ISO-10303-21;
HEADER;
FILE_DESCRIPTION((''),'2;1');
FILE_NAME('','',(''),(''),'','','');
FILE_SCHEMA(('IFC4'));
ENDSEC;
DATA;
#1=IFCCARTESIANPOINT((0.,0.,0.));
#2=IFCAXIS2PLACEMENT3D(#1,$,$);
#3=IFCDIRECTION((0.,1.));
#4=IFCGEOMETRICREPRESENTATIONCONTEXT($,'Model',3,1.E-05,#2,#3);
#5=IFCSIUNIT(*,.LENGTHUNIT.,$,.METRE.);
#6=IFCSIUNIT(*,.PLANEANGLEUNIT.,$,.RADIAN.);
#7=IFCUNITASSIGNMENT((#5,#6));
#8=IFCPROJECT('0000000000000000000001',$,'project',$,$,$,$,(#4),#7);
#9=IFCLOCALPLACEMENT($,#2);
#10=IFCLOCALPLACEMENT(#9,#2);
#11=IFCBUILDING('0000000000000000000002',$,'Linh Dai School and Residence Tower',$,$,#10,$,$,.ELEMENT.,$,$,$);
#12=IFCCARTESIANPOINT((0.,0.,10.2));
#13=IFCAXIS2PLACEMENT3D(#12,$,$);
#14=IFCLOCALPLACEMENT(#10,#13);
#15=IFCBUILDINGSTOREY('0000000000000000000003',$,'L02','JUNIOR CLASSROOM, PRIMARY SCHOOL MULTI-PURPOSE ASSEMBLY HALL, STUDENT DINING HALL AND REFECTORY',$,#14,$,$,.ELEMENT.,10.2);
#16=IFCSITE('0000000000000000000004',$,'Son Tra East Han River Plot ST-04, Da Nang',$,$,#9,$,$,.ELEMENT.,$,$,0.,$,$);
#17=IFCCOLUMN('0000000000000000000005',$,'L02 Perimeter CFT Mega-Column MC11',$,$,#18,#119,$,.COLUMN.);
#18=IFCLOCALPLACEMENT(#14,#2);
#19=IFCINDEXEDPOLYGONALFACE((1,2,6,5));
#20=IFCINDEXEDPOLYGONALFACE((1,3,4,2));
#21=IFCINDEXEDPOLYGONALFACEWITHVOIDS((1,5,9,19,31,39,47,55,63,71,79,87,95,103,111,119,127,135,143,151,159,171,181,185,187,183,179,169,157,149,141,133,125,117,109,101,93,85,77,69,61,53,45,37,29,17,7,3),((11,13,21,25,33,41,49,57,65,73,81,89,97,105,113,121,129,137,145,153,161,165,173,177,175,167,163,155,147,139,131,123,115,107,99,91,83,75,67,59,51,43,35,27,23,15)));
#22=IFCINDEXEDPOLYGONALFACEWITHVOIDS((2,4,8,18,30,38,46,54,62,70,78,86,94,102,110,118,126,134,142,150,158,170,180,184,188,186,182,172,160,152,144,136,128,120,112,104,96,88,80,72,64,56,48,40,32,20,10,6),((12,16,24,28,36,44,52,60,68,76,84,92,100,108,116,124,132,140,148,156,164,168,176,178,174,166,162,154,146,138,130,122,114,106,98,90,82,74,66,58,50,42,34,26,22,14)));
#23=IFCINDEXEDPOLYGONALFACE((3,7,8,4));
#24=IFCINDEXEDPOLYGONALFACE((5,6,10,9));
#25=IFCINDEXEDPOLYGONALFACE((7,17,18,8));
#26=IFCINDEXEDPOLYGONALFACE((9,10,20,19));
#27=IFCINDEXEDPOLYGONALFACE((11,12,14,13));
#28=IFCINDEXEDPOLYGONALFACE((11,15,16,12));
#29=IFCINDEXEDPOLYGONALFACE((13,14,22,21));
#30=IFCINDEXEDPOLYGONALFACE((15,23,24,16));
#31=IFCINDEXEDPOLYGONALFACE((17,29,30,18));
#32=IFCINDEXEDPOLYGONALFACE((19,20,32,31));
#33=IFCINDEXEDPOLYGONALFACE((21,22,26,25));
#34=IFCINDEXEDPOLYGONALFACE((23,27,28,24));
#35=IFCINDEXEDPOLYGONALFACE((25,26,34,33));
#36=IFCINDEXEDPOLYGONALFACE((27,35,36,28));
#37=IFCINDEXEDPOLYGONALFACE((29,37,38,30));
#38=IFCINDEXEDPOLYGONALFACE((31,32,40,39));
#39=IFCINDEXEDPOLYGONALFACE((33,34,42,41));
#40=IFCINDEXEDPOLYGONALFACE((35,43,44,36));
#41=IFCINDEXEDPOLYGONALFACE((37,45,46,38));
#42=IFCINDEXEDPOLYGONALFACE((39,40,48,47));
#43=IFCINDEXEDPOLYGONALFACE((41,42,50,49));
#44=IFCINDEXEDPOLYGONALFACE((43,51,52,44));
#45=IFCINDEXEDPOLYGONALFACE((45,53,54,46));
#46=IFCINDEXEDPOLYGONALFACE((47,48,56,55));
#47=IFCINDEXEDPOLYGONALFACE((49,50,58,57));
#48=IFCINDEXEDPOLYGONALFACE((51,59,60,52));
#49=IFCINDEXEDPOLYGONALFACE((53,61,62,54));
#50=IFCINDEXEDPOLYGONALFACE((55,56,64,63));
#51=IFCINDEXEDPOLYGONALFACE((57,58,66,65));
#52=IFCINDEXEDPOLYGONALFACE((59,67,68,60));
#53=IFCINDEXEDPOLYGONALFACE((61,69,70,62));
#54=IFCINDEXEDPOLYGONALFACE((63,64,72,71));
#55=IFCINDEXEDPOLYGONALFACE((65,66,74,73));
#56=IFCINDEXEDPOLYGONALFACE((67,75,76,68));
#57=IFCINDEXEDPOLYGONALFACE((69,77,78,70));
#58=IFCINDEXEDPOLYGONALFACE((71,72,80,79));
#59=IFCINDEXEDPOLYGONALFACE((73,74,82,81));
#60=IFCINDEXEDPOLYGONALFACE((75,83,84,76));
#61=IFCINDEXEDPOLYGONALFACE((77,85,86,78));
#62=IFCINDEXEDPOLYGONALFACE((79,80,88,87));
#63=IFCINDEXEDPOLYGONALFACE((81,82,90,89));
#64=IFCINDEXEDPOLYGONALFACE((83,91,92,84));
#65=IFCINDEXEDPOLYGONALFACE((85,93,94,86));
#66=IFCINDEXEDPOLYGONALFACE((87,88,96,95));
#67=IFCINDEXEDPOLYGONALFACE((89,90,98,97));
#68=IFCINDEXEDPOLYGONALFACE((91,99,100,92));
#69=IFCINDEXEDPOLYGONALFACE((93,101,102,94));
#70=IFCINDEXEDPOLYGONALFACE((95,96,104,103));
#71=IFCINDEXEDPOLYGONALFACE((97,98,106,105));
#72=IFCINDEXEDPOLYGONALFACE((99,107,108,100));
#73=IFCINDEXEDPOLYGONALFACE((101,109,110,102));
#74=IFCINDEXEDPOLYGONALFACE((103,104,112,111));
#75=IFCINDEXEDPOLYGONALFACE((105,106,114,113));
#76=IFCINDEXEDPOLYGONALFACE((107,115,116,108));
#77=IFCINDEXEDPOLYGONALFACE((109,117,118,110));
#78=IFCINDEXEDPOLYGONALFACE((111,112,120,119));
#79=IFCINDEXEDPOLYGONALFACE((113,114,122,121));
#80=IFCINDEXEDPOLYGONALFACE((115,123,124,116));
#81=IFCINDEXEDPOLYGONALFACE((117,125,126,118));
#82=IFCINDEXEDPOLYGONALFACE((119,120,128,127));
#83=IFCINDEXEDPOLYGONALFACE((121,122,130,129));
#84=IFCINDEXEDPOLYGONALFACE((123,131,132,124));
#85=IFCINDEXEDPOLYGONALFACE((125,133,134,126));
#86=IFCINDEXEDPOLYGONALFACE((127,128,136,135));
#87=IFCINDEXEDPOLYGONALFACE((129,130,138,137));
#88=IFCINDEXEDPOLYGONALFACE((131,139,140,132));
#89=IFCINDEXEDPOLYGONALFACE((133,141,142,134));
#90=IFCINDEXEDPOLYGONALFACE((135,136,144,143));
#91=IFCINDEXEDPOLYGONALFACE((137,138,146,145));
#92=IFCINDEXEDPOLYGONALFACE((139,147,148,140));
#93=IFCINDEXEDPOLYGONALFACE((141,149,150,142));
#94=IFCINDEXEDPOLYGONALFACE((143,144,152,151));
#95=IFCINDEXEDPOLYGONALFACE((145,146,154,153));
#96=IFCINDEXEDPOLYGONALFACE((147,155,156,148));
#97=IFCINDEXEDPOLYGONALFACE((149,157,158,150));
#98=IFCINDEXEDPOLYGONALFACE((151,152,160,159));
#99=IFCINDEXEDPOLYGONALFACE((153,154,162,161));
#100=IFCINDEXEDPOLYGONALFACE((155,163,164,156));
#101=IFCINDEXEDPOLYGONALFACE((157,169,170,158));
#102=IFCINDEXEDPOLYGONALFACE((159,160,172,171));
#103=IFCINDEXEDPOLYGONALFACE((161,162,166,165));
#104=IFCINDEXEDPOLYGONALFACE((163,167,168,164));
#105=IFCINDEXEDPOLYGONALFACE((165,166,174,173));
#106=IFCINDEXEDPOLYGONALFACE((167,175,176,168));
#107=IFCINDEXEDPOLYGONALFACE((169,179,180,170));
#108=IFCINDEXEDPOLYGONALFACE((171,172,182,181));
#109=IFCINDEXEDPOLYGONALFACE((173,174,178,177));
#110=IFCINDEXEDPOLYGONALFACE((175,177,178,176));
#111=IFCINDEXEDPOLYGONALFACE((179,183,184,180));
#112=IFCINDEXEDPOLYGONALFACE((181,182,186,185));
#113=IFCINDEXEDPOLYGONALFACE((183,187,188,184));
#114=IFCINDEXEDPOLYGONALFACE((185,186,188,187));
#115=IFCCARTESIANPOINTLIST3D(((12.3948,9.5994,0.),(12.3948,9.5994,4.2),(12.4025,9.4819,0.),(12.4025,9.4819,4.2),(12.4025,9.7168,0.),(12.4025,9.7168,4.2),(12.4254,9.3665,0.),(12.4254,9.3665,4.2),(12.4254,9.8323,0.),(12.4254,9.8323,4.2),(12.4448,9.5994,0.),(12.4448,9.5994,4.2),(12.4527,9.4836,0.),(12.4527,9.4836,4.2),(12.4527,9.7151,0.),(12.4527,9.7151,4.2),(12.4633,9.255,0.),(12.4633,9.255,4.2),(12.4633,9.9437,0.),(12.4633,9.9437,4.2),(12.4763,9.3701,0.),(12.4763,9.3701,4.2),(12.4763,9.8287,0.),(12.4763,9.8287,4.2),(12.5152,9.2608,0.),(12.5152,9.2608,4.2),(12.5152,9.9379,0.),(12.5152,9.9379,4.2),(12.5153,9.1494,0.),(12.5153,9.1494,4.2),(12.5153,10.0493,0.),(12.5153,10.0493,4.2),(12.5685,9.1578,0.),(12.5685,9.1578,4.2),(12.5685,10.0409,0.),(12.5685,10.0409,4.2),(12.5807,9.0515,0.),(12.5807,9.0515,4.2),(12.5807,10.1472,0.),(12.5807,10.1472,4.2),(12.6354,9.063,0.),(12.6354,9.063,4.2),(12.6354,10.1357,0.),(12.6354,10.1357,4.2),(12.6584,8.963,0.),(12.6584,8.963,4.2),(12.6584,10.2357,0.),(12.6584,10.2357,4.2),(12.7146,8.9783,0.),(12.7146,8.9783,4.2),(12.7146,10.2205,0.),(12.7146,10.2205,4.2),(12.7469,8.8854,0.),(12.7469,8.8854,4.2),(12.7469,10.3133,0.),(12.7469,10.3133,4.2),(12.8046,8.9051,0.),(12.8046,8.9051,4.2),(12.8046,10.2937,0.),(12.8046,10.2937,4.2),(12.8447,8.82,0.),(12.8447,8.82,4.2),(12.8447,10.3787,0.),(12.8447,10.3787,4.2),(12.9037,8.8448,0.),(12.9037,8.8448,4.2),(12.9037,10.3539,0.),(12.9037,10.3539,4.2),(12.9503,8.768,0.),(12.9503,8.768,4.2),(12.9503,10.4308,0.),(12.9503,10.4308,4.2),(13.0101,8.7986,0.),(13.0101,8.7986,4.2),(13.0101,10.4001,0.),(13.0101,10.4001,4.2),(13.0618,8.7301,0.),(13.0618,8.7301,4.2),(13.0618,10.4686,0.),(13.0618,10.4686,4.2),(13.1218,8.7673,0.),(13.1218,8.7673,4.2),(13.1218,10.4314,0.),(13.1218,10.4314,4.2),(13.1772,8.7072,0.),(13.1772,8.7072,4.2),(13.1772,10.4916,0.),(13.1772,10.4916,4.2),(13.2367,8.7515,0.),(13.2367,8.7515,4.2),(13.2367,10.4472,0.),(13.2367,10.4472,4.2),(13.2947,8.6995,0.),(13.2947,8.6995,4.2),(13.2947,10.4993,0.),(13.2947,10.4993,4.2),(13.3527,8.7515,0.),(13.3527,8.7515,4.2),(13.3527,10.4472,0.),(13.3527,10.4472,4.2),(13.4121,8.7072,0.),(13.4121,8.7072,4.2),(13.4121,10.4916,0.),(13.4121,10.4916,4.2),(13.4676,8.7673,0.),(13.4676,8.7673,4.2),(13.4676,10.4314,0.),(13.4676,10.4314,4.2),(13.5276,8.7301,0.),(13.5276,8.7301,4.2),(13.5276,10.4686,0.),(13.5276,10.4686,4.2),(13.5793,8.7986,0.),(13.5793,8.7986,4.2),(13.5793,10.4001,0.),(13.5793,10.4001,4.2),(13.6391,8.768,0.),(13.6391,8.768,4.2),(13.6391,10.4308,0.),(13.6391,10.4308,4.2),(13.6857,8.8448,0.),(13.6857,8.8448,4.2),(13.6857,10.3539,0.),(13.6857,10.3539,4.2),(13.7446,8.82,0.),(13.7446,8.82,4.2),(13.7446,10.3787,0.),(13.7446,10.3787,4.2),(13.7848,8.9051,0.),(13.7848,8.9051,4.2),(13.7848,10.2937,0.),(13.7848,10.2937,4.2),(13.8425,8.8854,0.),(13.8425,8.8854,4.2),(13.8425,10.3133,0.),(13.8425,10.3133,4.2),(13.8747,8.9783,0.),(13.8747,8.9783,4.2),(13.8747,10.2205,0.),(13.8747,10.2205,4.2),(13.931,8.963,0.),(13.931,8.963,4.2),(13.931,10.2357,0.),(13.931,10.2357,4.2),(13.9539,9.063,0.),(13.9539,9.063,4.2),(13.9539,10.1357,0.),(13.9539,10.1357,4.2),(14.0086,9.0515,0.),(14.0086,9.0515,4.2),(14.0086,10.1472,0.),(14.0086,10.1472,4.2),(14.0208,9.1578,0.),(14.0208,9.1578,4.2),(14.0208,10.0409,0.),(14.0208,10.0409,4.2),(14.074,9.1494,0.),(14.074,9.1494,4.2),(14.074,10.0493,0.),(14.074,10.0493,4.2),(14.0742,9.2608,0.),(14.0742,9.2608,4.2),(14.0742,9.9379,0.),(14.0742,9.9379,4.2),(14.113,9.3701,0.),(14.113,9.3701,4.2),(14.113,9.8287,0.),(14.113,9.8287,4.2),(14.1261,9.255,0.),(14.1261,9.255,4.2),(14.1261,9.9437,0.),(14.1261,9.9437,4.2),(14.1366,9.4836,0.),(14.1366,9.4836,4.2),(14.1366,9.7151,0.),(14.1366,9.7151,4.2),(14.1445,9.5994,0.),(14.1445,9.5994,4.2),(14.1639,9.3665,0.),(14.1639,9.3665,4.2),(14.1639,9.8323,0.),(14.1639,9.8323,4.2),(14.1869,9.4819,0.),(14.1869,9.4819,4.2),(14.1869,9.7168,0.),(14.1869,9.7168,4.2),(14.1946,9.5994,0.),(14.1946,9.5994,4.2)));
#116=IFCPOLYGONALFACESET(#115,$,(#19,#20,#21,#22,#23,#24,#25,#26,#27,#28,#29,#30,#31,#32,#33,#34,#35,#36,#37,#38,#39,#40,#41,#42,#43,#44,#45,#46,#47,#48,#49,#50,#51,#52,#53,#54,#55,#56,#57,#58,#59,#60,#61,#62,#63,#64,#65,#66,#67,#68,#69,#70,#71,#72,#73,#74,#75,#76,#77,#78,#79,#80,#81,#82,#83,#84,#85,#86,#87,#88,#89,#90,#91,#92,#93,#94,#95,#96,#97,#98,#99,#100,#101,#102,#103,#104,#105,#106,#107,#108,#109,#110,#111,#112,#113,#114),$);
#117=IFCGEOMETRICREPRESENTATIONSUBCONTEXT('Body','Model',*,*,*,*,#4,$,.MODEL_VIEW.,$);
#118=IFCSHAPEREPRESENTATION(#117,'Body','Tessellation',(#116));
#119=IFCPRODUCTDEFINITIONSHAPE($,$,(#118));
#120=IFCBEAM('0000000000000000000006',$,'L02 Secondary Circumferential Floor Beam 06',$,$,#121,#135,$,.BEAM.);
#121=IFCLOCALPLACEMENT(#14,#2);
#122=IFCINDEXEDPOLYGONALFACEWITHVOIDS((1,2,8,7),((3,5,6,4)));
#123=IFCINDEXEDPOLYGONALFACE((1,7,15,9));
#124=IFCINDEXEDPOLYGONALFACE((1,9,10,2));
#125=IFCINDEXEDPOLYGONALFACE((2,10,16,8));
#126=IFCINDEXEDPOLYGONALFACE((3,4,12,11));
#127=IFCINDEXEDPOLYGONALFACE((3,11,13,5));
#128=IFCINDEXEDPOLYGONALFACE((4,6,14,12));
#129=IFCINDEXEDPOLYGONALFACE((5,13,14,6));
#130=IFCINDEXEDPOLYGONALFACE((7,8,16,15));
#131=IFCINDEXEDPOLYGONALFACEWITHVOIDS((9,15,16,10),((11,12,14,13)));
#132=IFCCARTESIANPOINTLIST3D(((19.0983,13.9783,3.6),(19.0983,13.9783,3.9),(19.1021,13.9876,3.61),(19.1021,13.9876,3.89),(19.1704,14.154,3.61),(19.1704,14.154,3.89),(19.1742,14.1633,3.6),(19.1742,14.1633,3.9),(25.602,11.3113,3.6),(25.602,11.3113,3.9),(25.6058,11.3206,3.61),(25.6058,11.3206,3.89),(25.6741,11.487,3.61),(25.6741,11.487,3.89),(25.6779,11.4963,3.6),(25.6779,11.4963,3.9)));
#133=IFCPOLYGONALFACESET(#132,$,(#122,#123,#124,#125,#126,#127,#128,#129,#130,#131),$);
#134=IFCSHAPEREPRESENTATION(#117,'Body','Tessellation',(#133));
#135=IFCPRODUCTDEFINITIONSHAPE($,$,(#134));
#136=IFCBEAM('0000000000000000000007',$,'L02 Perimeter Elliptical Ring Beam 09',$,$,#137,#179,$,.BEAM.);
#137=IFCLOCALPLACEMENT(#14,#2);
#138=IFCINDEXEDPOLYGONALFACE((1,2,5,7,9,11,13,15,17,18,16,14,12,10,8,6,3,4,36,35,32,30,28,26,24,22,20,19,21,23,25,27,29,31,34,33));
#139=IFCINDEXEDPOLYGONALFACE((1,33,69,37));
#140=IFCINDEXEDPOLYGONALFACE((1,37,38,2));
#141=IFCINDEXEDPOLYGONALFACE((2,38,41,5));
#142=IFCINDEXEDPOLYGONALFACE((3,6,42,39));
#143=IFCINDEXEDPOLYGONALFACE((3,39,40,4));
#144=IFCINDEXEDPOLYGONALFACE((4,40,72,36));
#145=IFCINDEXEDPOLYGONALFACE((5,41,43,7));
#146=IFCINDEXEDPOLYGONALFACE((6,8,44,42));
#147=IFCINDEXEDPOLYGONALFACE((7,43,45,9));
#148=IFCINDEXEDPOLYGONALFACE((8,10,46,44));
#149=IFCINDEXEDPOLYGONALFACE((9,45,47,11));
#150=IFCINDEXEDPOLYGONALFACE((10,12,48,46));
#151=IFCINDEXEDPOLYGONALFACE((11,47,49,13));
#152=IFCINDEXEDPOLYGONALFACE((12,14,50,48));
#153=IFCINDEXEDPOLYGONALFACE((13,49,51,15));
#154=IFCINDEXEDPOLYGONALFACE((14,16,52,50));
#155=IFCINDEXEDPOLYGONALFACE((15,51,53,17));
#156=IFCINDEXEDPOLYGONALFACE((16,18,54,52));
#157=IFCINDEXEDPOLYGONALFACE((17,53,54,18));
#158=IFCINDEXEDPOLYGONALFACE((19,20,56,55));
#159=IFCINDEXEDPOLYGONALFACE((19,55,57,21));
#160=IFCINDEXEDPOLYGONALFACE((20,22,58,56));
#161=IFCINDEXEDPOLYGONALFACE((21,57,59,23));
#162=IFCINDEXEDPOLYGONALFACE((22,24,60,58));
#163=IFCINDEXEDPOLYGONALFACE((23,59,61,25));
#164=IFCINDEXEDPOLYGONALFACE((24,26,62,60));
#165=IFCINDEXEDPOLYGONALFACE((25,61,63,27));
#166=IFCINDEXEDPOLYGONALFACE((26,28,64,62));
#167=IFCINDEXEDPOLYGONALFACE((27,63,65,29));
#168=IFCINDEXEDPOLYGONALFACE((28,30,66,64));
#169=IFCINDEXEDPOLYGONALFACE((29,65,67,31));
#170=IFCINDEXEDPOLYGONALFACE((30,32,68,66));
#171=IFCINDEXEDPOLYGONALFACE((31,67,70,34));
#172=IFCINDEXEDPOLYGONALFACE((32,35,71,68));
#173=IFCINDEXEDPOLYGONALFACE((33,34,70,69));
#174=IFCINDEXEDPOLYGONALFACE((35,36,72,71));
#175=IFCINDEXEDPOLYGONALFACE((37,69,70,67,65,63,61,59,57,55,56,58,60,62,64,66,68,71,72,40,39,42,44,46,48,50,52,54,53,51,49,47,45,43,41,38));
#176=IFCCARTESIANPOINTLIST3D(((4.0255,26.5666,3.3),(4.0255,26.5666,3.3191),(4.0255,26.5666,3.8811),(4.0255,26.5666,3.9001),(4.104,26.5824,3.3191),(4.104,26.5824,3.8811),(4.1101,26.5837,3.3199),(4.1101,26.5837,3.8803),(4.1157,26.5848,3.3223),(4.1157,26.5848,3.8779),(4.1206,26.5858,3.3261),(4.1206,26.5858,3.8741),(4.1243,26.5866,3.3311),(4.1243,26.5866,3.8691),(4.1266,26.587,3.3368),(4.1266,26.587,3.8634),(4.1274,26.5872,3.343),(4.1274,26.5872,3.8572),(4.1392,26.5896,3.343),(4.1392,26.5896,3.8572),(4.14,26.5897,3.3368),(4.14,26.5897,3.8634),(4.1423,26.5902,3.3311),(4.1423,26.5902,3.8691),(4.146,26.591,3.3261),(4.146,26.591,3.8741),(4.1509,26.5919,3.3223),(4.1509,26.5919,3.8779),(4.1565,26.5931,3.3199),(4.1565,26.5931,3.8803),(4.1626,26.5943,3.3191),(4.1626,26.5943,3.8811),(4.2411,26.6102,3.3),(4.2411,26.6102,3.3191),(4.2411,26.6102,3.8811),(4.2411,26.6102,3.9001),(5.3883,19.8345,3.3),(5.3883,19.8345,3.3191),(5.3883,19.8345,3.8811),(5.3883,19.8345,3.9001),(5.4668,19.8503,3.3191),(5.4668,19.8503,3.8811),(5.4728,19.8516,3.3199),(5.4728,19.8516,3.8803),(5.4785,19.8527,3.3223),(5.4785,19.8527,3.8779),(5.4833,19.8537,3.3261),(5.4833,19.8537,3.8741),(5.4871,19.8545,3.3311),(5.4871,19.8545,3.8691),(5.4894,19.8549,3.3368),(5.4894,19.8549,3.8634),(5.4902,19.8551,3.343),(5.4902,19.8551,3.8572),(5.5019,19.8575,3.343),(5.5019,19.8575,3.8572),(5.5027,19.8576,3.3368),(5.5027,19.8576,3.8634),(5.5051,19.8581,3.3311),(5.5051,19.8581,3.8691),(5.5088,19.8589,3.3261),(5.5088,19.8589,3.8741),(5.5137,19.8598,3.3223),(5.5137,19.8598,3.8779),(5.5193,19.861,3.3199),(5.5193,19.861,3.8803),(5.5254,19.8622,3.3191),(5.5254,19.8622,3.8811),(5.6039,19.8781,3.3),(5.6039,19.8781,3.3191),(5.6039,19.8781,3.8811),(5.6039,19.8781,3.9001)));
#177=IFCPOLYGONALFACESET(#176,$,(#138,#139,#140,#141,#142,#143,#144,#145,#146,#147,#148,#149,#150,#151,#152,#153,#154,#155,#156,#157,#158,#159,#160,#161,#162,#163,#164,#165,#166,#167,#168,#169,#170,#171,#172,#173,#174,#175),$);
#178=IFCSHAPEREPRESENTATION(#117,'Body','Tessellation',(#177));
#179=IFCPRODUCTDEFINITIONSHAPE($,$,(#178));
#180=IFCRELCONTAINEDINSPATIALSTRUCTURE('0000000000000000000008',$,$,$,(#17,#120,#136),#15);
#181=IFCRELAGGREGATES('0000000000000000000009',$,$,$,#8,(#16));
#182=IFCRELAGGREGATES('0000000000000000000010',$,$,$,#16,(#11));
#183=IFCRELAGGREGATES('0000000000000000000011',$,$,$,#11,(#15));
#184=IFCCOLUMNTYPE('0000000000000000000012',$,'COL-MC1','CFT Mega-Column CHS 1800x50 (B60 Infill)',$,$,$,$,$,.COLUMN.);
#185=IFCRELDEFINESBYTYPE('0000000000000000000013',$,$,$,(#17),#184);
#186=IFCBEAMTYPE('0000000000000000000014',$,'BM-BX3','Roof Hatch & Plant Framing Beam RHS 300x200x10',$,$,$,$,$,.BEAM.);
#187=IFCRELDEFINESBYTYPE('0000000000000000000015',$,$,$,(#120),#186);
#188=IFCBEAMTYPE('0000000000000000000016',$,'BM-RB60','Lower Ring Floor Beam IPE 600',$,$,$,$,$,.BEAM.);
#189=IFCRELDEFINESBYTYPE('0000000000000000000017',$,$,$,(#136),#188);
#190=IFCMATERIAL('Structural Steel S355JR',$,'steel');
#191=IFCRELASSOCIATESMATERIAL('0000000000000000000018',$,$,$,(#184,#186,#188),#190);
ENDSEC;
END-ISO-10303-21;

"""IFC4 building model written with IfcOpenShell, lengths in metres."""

from ifc_helpers import new_model, si_unit, direction, frame, origin, origin_2d, place, context, subcontext, project, spatial, hollow_rectangle, hollow_circle, i_section, extrude, material, material_profile, profile_set, type_object, element, save


model = new_model("IFC4")

# Units and contexts
model_context = context("Model", 3, precision=1e-05, world=origin(), true_north=direction((0.0, 1.0)))
body_context = subcontext(model_context, "Body", "Model", "MODEL_VIEW")
ifc_project = project(units=[si_unit("LENGTHUNIT", "METRE"), si_unit("PLANEANGLEUNIT", "RADIAN")], contexts=[model_context])

# Site, building, storey
site_placement = place(None, origin())
site = spatial("IfcSite", under=ifc_project, at=site_placement, Name="Son Tra East Han River Plot ST-04, Da Nang", CompositionType="ELEMENT", RefElevation=0.0)
building_placement = place(site_placement, origin())
building = spatial("IfcBuilding", under=site, at=building_placement, Name="Linh Dai School and Residence Tower", CompositionType="ELEMENT")
storey_placement = place(building_placement, frame((0.0, 0.0, 10.2)))
storey = spatial("IfcBuildingStorey", under=building, at=storey_placement, Name="L02", Description="JUNIOR CLASSROOM, PRIMARY SCHOOL MULTI-PURPOSE ASSEMBLY HALL, STUDENT DINING HALL AND REFECTORY", CompositionType="ELEMENT", Elevation=10.2)

# Column
ifc_material_1 = material(Name="Structural Steel S355JR", Category="steel")
ifc_material_profile_1 = material_profile(ifc_material_1, hollow_circle(Radius=0.8999, WallThickness=0.05, at=origin_2d()), Name="CHS 1800x50")
ifc_profile_set_1 = profile_set([ifc_material_profile_1], Name="Structural Steel S355JR")
column_type = type_object("IfcColumnType", Name="COL-MC1", Description="CFT Mega-Column CHS 1800x50 (B60 Infill)", PredefinedType="COLUMN", material=ifc_profile_set_1)
for number, where, z_axis, x_axis, name in (
    (1, (13.2947, 9.5994, 0.0), (0.0, 0.0, 1.0), (1.0, 0.0, 0.0), "L02 Perimeter CFT Mega-Column MC11"),
):
    element("IfcColumn", number, at=place(storey_placement, frame(where, z_axis=z_axis, x_axis=x_axis)), inside=storey, type_object=column_type, Name=name, PredefinedType="COLUMN", context=body_context, shape_type="SweptSolid", body=[
        extrude(hollow_circle(Radius=0.8999, WallThickness=0.05, at=origin_2d()), origin(), (0.0, 0.0, 1.0), 4.2),
    ])

# Beams
ifc_material_profile_2 = material_profile(ifc_material_1, hollow_rectangle(XDim=0.2, YDim=0.3, WallThickness=0.01, at=origin_2d()), Name="RHS 300x200x10")
ifc_profile_set_2 = profile_set([ifc_material_profile_2], Name="Structural Steel S355JR")
beam_type_1 = type_object("IfcBeamType", Name="BM-BX3", Description="Roof Hatch & Plant Framing Beam RHS 300x200x10", PredefinedType="BEAM", material=ifc_profile_set_2)
beam_1_placement = place(storey_placement, frame((19.1362, 14.0708, 3.75), z_axis=(0.925227, -0.379413, 0.0), x_axis=(0.379413, 0.925227, 0.0)))
element("IfcBeam", 2, at=beam_1_placement, inside=storey, type_object=beam_type_1, Name="L02 Secondary Circumferential Floor Beam 06", PredefinedType="BEAM", context=body_context, shape_type="SweptSolid", body=[
    extrude(hollow_rectangle(XDim=0.2, YDim=0.3, WallThickness=0.01, at=origin_2d()), origin(), (0.0, 0.0, 1.0), 7.0293),
])
ifc_material_profile_3 = material_profile(ifc_material_1, i_section(OverallWidth=0.22, OverallDepth=0.6001, WebThickness=0.012, FlangeThickness=0.019, FilletRadius=0.0239, at=origin_2d()), Name="IPE 600")
ifc_profile_set_3 = profile_set([ifc_material_profile_3], Name="Structural Steel S355JR")
beam_type_2 = type_object("IfcBeamType", Name="BM-RB60", Description="Lower Ring Floor Beam IPE 600", PredefinedType="BEAM", material=ifc_profile_set_3)
beam_2_placement = place(storey_placement, frame((4.1333, 26.5884, 3.6001), z_axis=(0.198405, -0.98012, 0.0), x_axis=(0.98012, 0.198405, 0.0)))
element("IfcBeam", 3, at=beam_2_placement, inside=storey, type_object=beam_type_2, Name="L02 Perimeter Elliptical Ring Beam 09", PredefinedType="BEAM", context=body_context, shape_type="SweptSolid", body=[
    extrude(i_section(OverallWidth=0.22, OverallDepth=0.6001, WebThickness=0.012, FlangeThickness=0.019, FilletRadius=0.0239, at=origin_2d()), origin(), (0.0, 0.0, 1.0), 6.8687),
])

save(model, "model.ifc")
